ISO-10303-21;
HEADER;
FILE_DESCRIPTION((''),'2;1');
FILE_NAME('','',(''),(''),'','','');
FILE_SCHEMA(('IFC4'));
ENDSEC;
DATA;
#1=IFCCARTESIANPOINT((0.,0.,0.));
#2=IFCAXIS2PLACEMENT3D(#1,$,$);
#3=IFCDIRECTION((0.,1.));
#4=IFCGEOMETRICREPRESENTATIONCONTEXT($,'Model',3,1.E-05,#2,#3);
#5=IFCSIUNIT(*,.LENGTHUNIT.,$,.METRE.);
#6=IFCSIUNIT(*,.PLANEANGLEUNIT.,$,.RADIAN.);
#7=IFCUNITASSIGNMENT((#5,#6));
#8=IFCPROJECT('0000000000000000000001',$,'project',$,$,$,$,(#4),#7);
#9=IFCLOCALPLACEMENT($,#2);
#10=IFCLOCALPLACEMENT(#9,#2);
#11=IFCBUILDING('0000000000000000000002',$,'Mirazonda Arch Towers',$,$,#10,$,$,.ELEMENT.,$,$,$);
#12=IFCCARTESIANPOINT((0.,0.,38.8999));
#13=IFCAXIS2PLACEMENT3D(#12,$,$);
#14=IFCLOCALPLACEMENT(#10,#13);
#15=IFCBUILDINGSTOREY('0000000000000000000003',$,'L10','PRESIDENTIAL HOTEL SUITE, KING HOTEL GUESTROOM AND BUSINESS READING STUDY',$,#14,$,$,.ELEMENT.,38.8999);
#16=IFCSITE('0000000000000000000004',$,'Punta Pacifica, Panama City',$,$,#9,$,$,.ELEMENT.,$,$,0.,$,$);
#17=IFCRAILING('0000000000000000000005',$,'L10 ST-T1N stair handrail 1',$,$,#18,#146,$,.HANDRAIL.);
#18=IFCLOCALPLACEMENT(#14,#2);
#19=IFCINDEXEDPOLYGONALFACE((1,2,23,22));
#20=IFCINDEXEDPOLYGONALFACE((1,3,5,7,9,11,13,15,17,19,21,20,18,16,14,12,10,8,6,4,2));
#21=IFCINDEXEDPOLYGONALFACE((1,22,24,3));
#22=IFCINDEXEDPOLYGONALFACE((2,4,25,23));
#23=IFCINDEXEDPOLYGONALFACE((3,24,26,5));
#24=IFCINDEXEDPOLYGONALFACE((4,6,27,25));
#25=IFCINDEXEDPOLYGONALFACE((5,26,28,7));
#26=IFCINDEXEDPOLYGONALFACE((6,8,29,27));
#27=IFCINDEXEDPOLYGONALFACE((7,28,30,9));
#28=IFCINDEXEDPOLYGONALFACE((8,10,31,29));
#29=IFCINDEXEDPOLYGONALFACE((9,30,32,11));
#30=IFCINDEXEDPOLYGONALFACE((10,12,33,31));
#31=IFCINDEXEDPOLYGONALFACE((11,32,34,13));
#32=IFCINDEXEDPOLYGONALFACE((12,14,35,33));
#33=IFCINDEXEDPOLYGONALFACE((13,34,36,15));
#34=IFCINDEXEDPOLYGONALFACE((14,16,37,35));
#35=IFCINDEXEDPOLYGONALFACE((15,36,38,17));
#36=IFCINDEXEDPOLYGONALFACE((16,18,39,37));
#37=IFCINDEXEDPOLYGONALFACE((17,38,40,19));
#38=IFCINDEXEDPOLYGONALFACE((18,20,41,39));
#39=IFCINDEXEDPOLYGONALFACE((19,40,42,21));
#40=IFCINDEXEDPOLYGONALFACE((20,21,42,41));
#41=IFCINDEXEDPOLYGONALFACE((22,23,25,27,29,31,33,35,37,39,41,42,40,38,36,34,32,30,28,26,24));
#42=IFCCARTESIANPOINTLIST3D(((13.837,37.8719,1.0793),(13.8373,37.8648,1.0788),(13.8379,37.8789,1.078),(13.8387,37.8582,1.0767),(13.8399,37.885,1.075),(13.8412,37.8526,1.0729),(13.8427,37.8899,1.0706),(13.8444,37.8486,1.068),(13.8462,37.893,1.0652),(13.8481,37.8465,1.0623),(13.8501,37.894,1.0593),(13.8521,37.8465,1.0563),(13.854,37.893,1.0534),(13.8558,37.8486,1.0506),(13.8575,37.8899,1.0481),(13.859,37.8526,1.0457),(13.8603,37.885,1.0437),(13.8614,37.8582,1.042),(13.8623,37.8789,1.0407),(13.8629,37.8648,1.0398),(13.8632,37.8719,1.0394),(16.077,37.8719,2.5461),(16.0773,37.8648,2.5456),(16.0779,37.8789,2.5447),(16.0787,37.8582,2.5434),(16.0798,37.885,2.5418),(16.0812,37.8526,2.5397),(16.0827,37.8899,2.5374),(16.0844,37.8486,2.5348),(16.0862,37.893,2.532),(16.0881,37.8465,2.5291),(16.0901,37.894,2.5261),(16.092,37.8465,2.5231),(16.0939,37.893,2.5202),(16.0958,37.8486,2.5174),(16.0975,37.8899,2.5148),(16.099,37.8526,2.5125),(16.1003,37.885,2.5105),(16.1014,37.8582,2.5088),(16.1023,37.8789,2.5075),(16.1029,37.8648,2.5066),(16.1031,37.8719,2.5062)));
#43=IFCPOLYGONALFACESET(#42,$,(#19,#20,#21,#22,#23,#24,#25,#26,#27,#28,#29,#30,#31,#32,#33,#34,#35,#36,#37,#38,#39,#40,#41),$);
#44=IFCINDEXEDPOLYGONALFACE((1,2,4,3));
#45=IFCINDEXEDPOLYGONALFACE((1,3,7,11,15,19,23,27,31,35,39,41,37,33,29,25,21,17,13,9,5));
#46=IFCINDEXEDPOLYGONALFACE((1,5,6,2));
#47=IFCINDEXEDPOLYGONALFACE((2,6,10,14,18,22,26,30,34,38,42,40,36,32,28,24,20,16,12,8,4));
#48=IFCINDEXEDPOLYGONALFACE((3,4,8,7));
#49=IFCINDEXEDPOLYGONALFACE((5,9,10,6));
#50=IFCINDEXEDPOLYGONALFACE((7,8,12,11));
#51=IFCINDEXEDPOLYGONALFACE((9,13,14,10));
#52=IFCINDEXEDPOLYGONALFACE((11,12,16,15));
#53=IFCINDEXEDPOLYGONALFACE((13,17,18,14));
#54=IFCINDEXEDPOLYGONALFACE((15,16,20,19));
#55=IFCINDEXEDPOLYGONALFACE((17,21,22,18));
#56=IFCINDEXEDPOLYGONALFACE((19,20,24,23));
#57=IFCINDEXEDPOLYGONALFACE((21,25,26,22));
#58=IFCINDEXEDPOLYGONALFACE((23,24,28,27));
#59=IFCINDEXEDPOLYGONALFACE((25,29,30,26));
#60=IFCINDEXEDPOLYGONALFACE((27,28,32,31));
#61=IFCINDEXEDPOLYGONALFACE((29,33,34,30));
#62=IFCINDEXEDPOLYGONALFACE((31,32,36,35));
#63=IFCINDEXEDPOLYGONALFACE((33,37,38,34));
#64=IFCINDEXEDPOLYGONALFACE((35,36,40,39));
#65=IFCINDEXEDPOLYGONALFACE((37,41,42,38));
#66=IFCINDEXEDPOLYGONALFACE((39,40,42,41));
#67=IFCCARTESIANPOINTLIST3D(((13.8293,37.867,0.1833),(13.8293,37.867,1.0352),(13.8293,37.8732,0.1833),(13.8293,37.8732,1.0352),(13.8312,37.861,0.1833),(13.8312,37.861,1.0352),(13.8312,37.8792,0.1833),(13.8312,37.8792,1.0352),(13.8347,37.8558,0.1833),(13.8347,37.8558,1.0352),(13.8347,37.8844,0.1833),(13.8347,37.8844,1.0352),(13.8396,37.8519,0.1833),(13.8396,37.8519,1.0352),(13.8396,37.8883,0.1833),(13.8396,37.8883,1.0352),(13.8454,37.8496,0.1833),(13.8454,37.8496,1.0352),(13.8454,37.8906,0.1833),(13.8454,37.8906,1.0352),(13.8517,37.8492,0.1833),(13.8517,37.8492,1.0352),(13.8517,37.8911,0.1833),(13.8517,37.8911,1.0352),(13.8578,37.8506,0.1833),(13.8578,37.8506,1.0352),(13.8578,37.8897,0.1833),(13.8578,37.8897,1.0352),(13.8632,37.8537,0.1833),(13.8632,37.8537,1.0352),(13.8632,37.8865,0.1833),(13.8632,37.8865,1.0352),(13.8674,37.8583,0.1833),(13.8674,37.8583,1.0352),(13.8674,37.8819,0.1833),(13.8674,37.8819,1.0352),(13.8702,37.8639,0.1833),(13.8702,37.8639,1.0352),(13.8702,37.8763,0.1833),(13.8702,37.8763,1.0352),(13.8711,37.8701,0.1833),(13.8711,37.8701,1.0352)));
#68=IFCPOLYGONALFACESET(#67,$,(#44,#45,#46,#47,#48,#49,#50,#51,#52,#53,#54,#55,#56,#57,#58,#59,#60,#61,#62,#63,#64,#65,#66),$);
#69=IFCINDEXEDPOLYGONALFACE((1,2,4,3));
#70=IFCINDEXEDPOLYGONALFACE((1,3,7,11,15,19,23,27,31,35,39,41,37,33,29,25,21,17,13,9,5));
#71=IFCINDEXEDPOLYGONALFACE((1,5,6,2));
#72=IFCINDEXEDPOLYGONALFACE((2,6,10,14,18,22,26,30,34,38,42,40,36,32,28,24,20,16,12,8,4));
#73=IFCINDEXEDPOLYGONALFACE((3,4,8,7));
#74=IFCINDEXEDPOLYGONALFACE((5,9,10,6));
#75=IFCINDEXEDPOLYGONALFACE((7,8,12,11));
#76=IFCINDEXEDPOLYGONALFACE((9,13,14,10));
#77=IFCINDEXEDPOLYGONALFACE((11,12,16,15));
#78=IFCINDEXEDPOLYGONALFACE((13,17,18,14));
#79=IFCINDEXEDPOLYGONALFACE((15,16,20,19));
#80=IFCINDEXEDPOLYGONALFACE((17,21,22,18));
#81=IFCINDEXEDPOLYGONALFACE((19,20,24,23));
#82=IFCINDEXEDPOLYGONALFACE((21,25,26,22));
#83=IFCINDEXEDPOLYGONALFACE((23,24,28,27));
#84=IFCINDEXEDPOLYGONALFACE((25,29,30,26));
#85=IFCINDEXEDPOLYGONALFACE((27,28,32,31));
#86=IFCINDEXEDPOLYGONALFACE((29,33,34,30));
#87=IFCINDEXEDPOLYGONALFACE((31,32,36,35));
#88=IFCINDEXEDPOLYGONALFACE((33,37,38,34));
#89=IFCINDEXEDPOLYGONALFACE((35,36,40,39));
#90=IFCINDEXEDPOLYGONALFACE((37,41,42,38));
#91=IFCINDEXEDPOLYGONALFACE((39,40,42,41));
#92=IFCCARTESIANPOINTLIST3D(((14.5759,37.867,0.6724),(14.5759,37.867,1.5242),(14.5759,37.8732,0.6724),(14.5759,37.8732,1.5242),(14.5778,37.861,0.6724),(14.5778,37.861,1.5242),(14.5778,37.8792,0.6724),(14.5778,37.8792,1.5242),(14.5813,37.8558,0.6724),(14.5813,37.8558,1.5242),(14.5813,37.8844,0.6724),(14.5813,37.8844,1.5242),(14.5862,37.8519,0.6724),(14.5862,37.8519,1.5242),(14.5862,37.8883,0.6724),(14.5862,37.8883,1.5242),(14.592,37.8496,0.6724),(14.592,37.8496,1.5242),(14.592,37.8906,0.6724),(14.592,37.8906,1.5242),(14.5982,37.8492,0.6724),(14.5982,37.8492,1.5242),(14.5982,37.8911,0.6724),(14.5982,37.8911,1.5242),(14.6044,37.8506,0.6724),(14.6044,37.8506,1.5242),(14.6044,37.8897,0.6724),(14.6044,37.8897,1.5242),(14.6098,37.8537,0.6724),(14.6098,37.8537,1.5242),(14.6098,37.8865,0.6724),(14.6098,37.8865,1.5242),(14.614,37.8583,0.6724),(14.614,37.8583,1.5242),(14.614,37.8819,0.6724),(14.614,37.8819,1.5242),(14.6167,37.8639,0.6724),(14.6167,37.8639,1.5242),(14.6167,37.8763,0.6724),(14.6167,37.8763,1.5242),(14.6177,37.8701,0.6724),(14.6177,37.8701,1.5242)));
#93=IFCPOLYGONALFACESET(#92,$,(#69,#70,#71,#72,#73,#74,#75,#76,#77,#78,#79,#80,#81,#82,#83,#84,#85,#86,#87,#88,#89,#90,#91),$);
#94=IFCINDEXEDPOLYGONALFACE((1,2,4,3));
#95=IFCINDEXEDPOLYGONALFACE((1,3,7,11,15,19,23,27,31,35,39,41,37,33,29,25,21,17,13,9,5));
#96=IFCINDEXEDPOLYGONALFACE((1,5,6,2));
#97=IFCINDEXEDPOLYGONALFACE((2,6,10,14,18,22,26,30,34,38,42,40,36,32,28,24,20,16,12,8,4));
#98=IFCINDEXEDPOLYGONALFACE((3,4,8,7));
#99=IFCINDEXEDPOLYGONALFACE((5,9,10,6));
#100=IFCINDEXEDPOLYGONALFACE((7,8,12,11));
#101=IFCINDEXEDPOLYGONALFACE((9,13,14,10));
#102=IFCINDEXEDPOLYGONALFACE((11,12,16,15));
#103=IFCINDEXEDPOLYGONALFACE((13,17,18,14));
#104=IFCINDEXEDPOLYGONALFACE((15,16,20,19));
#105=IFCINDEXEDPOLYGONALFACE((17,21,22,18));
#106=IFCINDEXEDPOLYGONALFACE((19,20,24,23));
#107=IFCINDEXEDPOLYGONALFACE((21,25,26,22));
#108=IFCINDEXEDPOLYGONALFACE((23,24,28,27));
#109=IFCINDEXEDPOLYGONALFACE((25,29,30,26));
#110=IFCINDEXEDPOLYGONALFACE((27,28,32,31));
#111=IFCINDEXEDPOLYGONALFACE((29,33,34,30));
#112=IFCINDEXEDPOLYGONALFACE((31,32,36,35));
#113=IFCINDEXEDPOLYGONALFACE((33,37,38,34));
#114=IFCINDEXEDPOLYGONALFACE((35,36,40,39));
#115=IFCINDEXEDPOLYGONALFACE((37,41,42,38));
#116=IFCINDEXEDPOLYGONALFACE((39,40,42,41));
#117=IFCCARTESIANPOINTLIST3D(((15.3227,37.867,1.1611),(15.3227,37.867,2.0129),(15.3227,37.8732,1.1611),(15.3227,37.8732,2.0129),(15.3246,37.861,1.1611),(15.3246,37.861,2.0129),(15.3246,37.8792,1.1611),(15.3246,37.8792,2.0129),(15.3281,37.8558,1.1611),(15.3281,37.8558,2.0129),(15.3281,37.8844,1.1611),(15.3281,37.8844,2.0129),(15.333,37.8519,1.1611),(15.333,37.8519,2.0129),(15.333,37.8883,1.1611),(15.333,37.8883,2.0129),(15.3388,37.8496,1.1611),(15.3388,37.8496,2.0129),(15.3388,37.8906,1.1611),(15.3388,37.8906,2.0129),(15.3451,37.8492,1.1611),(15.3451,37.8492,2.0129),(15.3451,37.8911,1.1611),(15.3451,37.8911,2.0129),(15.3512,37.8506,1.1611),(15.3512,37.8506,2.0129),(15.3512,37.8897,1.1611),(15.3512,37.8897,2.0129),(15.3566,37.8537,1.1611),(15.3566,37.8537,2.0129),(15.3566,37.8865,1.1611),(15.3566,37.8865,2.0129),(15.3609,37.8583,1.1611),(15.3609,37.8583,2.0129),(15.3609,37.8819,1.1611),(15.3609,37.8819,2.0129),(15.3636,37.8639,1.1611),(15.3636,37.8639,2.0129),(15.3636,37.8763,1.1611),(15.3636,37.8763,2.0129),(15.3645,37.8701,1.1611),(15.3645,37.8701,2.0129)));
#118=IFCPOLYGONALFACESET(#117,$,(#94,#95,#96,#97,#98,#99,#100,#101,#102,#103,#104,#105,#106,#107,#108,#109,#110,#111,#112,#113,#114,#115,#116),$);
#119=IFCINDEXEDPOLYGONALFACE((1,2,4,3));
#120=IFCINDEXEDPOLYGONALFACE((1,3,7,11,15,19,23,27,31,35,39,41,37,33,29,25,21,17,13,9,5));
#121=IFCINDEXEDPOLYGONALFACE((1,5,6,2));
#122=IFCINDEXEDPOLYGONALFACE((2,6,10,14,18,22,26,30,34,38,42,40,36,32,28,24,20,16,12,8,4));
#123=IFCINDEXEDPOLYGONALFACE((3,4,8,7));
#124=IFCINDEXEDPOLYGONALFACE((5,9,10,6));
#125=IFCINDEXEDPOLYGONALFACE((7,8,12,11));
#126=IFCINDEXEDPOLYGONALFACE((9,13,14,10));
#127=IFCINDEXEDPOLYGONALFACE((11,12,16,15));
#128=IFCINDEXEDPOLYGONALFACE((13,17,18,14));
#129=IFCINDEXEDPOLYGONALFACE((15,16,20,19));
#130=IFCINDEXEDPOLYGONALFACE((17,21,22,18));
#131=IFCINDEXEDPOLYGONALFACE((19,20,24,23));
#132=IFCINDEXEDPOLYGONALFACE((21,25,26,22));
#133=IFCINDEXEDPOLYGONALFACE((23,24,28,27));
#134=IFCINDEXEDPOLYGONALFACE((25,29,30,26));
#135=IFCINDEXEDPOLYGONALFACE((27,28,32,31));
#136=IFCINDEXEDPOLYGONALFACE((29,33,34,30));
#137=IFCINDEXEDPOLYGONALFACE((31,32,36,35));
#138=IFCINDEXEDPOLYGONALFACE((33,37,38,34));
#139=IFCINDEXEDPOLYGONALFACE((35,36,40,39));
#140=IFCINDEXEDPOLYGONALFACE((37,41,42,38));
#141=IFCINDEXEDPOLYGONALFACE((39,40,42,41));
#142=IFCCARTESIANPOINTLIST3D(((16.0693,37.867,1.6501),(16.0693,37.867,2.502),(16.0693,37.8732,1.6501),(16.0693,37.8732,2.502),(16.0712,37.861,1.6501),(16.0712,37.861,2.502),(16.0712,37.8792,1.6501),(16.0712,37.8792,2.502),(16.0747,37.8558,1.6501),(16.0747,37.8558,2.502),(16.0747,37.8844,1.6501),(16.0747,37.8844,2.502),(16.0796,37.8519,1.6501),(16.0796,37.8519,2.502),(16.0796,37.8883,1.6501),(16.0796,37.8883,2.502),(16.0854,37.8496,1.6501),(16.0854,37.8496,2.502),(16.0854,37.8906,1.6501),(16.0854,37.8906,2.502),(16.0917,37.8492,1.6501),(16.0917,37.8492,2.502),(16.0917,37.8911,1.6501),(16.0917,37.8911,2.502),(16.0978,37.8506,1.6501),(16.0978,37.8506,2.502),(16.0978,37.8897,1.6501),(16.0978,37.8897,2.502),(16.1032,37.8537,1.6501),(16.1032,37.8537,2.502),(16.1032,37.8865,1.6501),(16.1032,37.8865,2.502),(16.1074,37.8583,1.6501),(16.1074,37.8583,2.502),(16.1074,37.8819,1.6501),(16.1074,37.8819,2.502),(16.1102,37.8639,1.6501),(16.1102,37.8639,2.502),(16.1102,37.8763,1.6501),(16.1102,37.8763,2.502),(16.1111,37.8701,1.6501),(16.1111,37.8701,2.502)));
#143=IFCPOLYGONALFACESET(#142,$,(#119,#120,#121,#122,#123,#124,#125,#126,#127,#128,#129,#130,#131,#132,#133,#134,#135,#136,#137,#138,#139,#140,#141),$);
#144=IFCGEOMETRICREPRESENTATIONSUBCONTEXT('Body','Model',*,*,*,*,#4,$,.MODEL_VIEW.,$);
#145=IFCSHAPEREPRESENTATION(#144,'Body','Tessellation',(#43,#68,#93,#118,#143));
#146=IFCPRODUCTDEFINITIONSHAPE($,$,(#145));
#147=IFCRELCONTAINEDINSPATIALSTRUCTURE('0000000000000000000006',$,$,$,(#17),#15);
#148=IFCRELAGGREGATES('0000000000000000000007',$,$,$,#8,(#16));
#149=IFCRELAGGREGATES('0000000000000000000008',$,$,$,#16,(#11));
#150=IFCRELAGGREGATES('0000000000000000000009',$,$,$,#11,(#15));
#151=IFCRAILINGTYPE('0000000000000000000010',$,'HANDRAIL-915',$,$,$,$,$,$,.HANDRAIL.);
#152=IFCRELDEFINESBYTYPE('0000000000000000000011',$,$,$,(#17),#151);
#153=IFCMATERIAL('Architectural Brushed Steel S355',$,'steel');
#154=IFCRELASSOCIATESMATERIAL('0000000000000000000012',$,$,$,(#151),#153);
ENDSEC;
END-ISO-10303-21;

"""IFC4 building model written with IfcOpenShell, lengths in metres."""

from ifc_helpers import new_model, si_unit, direction, frame, origin, origin_2d, place, context, subcontext, project, spatial, circle, extrude, material, type_object, element, save


model = new_model("IFC4")

# Units and contexts
model_context = context("Model", 3, precision=1e-05, world=origin(), true_north=direction((0.0, 1.0)))
body_context = subcontext(model_context, "Body", "Model", "MODEL_VIEW")
ifc_project = project(units=[si_unit("LENGTHUNIT", "METRE"), si_unit("PLANEANGLEUNIT", "RADIAN")], contexts=[model_context])

# Site, building, storey
site_placement = place(None, origin())
site = spatial("IfcSite", under=ifc_project, at=site_placement, Name="Punta Pacifica, Panama City", CompositionType="ELEMENT", RefElevation=0.0)
building_placement = place(site_placement, origin())
building = spatial("IfcBuilding", under=site, at=building_placement, Name="Mirazonda Arch Towers", CompositionType="ELEMENT")
storey_placement = place(building_placement, frame((0.0, 0.0, 38.8999)))
storey = spatial("IfcBuildingStorey", under=building, at=storey_placement, Name="L10", Description="PRESIDENTIAL HOTEL SUITE, KING HOTEL GUESTROOM AND BUSINESS READING STUDY", CompositionType="ELEMENT", Elevation=38.8999)

# Shared definitions
ifc_material_1 = material(Name="Architectural Brushed Steel S355", Category="steel")

# Railing
railing_type_1 = type_object("IfcRailingType", Name="HANDRAIL-915", PredefinedType="HANDRAIL", material=ifc_material_1)
railing_1_placement = place(storey_placement, frame((13.8501, 37.8701, 0.1833)))
element("IfcRailing", 1, at=railing_1_placement, inside=storey, type_object=railing_type_1, Name="L10 ST-T1N stair handrail 1", PredefinedType="HANDRAIL", context=body_context, shape_type="SweptSolid", body=[
    extrude(circle(Radius=0.0239, at=origin_2d()), frame((0.0, 0.0, 0.876), z_axis=(0.836595, 0.0, 0.547822), x_axis=(0.0, 1.0, 0.0)), (0.0, 0.0, 1.0), 2.6775),
    extrude(circle(Radius=0.021, at=origin_2d()), origin(), (0.0, 0.0, 1.0), 0.8518),
    extrude(circle(Radius=0.021, at=origin_2d()), frame((0.7466, 0.0, 0.489)), (0.0, 0.0, 1.0), 0.8518),
    extrude(circle(Radius=0.021, at=origin_2d()), frame((1.4934, 0.0, 0.9778)), (0.0, 0.0, 1.0), 0.8518),
    extrude(circle(Radius=0.021, at=origin_2d()), frame((2.24, 0.0, 1.4668)), (0.0, 0.0, 1.0), 0.8518),
])

save(model, "model.ifc")
